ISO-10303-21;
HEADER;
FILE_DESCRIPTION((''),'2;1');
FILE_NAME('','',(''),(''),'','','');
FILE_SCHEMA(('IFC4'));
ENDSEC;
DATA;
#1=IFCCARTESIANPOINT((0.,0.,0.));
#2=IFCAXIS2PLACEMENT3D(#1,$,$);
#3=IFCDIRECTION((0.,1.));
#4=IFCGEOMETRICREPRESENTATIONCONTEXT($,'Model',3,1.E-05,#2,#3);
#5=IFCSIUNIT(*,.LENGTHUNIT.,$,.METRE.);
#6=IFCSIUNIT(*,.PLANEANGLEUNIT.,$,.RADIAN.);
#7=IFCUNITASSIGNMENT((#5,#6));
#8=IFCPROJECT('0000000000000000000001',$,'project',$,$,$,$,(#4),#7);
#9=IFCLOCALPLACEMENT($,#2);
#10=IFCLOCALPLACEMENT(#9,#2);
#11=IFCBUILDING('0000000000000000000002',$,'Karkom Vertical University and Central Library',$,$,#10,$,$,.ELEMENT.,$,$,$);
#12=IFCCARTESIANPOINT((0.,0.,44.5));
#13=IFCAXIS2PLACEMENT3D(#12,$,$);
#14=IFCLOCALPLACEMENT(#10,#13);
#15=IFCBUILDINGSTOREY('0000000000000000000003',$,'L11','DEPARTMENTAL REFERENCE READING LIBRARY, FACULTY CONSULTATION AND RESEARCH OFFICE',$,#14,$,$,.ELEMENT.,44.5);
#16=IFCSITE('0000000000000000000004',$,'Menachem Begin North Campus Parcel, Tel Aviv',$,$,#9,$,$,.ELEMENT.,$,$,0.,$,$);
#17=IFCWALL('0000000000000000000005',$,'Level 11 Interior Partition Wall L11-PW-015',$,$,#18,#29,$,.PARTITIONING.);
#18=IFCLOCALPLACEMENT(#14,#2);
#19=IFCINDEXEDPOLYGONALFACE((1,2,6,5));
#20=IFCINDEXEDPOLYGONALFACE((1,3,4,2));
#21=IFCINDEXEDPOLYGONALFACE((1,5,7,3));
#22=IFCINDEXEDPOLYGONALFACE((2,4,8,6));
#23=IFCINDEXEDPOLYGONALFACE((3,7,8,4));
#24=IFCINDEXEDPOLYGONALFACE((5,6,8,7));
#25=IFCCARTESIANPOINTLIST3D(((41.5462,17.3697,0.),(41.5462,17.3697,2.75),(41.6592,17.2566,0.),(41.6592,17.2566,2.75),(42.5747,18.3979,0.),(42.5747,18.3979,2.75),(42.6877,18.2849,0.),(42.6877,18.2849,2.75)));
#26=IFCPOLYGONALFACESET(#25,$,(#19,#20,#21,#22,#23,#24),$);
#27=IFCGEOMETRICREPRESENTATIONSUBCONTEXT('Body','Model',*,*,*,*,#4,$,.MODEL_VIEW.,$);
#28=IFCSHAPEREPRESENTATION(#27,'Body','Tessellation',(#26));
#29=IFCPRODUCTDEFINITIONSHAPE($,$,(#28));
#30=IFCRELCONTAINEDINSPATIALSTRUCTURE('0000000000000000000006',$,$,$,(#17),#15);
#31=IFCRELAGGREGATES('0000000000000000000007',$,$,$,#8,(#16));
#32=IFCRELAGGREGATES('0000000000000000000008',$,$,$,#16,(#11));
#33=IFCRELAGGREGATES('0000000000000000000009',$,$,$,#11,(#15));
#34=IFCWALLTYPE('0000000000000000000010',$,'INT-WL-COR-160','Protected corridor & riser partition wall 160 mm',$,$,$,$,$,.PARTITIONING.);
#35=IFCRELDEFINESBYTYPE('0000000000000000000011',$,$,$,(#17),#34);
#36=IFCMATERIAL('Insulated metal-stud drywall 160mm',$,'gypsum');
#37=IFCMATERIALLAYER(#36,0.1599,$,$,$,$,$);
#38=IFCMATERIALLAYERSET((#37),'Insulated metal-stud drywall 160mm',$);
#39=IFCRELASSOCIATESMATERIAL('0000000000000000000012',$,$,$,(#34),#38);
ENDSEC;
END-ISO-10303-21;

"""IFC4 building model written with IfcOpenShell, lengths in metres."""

from ifc_helpers import new_model, si_unit, direction, frame, frame_2d, origin, place, context, subcontext, project, spatial, rectangle, extrude, material, layer, layer_set, type_object, element, save


model = new_model("IFC4")

# Units and contexts
model_context = context("Model", 3, precision=1e-05, world=origin(), true_north=direction((0.0, 1.0)))
body_context = subcontext(model_context, "Body", "Model", "MODEL_VIEW")
ifc_project = project(units=[si_unit("LENGTHUNIT", "METRE"), si_unit("PLANEANGLEUNIT", "RADIAN")], contexts=[model_context])

# Site, building, storey
site_placement = place(None, origin())
site = spatial("IfcSite", under=ifc_project, at=site_placement, Name="Menachem Begin North Campus Parcel, Tel Aviv", CompositionType="ELEMENT", RefElevation=0.0)
building_placement = place(site_placement, origin())
building = spatial("IfcBuilding", under=site, at=building_placement, Name="Karkom Vertical University and Central Library", CompositionType="ELEMENT")
storey_placement = place(building_placement, frame((0.0, 0.0, 44.5)))
storey = spatial("IfcBuildingStorey", under=building, at=storey_placement, Name="L11", Description="DEPARTMENTAL REFERENCE READING LIBRARY, FACULTY CONSULTATION AND RESEARCH OFFICE", CompositionType="ELEMENT", Elevation=44.5)

# Shared definitions
ifc_material_1 = material(Name="Insulated metal-stud drywall 160mm", Category="gypsum")
ifc_layer = layer(ifc_material_1, 0.1599)
ifc_layer_set = layer_set([ifc_layer], Name="Insulated metal-stud drywall 160mm")
wall_type = type_object("IfcWallType", Name="INT-WL-COR-160", Description="Protected corridor & riser partition wall 160 mm", PredefinedType="PARTITIONING", material=ifc_layer_set)

# Wall
wall_1_placement = place(storey_placement, frame((42.6311, 18.3413, 0.0), z_axis=(0.0, 0.0, 1.0), x_axis=(-0.707191, -0.707023, 0.0)))
element("IfcWall", 1, at=wall_1_placement, inside=storey, type_object=wall_type, Name="Level 11 Interior Partition Wall L11-PW-015", PredefinedType="PARTITIONING", context=body_context, shape_type="SweptSolid", body=[
    extrude(rectangle(XDim=1.4543, YDim=0.1599, at=frame_2d((0.7271, 0.0))), origin(), (0.0, 0.0, 1.0), 2.75),
])

save(model, "model.ifc")
